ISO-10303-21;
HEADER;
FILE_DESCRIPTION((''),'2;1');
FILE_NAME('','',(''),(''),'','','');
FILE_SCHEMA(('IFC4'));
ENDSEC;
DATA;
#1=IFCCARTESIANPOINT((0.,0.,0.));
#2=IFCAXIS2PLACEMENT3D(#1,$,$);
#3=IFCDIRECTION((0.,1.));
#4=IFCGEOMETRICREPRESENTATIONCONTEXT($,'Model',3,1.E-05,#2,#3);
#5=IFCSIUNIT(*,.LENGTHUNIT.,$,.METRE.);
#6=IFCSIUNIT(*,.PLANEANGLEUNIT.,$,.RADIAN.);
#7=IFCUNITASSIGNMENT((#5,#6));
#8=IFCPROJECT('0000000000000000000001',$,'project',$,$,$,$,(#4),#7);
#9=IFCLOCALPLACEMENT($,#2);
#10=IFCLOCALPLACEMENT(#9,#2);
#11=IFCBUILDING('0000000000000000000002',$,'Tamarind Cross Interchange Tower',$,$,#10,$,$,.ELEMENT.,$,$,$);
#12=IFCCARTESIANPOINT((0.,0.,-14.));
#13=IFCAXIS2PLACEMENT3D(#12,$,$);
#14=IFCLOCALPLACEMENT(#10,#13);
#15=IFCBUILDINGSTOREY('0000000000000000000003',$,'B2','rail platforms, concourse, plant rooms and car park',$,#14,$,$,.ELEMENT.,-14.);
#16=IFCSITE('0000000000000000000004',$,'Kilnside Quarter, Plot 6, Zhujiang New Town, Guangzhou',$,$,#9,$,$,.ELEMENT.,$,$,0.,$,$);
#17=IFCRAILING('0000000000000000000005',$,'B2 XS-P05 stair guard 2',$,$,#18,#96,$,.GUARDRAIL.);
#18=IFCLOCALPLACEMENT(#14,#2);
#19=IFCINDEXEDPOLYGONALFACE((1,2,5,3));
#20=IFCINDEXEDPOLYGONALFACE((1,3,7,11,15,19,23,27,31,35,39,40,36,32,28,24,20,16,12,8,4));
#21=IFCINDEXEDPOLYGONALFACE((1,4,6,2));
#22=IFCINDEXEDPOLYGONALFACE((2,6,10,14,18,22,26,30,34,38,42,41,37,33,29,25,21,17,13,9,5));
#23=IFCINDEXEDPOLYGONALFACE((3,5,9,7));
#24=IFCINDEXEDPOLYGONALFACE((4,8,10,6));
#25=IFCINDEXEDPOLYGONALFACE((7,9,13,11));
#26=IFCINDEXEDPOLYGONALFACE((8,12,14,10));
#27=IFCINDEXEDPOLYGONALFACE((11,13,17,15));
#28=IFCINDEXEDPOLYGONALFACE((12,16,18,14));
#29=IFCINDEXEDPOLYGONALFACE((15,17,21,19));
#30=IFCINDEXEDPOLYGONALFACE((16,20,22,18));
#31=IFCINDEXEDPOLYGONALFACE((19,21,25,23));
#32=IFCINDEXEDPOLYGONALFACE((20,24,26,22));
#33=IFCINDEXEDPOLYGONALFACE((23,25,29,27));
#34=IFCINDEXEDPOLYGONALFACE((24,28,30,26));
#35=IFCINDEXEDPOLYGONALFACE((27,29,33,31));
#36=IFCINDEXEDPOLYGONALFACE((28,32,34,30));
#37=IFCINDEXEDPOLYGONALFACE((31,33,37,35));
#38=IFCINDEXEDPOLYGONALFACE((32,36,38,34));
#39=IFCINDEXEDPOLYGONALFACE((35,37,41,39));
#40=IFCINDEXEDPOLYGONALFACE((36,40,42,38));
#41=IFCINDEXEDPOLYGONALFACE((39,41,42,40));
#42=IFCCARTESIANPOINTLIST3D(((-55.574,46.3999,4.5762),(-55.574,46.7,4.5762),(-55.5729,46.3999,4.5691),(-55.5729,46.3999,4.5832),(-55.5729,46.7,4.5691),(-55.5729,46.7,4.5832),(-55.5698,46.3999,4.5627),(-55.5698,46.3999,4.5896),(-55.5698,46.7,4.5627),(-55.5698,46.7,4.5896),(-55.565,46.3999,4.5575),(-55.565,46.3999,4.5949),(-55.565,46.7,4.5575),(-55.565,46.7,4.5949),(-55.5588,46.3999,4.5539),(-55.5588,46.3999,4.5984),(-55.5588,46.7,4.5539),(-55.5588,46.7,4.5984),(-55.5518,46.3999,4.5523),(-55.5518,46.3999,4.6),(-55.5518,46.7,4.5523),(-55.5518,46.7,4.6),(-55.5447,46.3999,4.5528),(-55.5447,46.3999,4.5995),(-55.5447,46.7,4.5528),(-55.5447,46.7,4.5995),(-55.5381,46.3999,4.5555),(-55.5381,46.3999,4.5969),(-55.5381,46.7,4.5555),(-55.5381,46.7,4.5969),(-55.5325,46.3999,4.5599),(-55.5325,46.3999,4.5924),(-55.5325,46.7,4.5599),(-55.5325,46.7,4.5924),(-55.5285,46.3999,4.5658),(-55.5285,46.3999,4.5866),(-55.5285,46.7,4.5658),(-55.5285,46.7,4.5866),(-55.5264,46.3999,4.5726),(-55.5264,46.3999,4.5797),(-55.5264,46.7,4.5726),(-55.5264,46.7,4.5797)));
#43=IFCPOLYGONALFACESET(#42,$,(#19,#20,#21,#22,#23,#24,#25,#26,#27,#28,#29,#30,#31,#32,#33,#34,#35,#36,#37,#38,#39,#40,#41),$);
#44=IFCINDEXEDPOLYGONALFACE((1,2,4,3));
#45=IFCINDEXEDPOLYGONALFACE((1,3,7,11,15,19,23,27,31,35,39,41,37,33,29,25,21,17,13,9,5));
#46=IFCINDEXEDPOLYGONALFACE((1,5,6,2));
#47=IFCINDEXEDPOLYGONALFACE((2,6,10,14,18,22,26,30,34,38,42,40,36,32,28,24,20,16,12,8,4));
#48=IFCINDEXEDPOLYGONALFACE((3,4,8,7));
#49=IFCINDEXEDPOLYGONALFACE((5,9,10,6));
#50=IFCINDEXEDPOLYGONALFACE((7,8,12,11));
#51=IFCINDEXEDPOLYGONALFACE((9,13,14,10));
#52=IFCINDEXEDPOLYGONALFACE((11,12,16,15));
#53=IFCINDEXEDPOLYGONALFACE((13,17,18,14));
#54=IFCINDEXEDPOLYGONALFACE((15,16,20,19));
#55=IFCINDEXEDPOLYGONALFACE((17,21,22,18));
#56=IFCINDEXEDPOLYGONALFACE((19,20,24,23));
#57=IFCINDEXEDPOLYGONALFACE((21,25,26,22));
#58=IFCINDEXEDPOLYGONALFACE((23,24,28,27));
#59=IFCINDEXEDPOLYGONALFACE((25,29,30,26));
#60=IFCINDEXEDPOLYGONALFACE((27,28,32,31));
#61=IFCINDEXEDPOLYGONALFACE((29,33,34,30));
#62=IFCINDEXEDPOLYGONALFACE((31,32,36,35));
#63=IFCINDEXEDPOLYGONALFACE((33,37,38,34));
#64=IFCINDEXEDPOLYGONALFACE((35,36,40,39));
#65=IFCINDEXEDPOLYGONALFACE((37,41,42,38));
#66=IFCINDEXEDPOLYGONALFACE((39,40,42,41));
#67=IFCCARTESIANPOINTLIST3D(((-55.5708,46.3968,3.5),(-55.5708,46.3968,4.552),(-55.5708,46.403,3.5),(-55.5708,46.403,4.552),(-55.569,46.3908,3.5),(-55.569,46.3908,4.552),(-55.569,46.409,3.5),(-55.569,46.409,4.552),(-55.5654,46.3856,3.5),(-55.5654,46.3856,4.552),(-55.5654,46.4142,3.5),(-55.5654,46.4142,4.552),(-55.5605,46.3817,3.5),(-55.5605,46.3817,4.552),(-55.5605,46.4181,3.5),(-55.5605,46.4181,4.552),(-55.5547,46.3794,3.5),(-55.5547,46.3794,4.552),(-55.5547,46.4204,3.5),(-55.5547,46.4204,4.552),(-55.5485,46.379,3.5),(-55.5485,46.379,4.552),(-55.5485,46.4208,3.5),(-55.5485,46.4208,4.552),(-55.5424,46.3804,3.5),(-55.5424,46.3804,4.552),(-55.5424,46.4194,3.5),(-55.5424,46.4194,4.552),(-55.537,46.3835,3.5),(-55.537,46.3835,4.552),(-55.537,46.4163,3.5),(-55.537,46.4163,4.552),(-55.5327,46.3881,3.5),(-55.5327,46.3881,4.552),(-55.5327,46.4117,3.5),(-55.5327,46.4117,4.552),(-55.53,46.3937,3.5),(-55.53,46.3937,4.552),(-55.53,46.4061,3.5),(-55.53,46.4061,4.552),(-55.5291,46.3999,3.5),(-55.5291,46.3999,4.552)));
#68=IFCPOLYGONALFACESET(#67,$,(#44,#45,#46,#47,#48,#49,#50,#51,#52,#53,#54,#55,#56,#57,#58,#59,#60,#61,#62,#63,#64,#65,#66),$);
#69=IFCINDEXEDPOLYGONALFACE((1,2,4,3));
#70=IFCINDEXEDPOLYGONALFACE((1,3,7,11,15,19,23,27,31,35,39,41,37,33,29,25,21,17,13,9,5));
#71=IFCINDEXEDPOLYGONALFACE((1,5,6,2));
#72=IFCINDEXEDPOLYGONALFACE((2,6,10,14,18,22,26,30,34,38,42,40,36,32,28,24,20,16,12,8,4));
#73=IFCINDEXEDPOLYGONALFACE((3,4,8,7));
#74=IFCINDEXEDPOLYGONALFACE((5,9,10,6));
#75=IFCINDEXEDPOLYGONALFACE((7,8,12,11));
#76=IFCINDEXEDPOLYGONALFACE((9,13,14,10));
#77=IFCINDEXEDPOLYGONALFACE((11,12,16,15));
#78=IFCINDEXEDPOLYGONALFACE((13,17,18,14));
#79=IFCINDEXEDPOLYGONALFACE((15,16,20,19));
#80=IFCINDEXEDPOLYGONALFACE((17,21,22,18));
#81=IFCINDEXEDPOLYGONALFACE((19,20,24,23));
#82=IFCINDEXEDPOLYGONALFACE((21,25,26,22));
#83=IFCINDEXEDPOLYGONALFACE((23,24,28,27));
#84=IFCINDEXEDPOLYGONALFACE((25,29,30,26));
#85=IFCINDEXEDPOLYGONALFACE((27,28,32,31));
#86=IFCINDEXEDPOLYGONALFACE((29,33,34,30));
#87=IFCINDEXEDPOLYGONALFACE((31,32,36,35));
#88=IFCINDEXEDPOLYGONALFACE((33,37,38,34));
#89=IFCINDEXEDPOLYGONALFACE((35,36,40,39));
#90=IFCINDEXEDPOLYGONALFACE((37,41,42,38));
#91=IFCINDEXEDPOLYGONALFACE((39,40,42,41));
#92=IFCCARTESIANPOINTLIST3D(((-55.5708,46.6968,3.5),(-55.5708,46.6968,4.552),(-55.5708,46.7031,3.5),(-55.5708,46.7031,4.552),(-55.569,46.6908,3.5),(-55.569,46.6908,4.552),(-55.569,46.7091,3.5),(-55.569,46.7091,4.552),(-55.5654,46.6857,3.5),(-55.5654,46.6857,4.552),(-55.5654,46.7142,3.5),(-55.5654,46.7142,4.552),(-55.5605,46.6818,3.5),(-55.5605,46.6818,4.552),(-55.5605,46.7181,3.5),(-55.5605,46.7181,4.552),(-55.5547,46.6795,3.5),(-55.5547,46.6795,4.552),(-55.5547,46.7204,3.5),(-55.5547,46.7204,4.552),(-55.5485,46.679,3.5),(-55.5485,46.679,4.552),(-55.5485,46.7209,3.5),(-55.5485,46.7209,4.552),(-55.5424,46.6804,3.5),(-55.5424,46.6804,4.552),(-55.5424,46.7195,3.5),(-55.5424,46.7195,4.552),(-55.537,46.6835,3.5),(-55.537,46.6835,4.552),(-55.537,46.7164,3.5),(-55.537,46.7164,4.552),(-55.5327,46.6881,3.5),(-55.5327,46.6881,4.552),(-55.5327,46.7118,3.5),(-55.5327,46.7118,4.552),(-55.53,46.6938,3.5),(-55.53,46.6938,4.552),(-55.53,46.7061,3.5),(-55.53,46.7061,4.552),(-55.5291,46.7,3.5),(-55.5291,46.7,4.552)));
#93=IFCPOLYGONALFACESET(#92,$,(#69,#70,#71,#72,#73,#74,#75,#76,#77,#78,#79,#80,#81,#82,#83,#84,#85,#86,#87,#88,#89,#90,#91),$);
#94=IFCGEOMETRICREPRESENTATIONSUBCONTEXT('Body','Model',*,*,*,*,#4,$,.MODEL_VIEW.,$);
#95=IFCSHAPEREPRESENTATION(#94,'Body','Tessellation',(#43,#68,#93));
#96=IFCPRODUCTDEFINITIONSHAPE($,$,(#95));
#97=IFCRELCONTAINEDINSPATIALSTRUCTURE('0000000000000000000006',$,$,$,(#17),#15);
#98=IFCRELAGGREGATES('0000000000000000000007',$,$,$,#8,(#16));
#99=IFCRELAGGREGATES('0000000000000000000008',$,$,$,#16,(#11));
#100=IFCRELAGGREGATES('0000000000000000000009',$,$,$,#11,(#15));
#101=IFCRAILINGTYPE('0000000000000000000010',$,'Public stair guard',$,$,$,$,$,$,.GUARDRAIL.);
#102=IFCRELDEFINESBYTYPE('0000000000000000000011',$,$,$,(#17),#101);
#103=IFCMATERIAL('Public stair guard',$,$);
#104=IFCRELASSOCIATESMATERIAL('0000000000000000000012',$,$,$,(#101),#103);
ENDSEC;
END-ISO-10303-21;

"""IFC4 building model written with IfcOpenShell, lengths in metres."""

from ifc_helpers import new_model, si_unit, direction, frame, origin, origin_2d, place, context, subcontext, project, spatial, circle, extrude, material, type_object, element, save


model = new_model("IFC4")

# Units and contexts
model_context = context("Model", 3, precision=1e-05, world=origin(), true_north=direction((0.0, 1.0)))
body_context = subcontext(model_context, "Body", "Model", "MODEL_VIEW")
ifc_project = project(units=[si_unit("LENGTHUNIT", "METRE"), si_unit("PLANEANGLEUNIT", "RADIAN")], contexts=[model_context])

# Site, building, storey
site_placement = place(None, origin())
site = spatial("IfcSite", under=ifc_project, at=site_placement, Name="Kilnside Quarter, Plot 6, Zhujiang New Town, Guangzhou", CompositionType="ELEMENT", RefElevation=0.0)
building_placement = place(site_placement, origin())
building = spatial("IfcBuilding", under=site, at=building_placement, Name="Tamarind Cross Interchange Tower", CompositionType="ELEMENT")
storey_placement = place(building_placement, frame((0.0, 0.0, -14.0)))
storey = spatial("IfcBuildingStorey", under=building, at=storey_placement, Name="B2", Description="rail platforms, concourse, plant rooms and car park", CompositionType="ELEMENT", Elevation=-14.0)

# Railing
ifc_material_1 = material(Name="Public stair guard")
railing_type_1 = type_object("IfcRailingType", Name="Public stair guard", PredefinedType="GUARDRAIL", material=ifc_material_1)
railing_1_placement = place(storey_placement, frame((-55.55, 46.3999, 3.5)))
element("IfcRailing", 1, at=railing_1_placement, inside=storey, type_object=railing_type_1, Name="B2 XS-P05 stair guard 2", PredefinedType="GUARDRAIL", context=body_context, shape_type="SweptSolid", body=[
    extrude(circle(Radius=0.0239, at=origin_2d()), frame((0.0, 0.0, 1.0762), z_axis=(0.0, 1.0, 0.0), x_axis=(-1.0, 0.0, 0.0)), (0.0, 0.0, 1.0), 0.3),
    extrude(circle(Radius=0.021, at=origin_2d()), origin(), (0.0, 0.0, 1.0), 1.052),
    extrude(circle(Radius=0.021, at=origin_2d()), frame((0.0, 0.3, 0.0)), (0.0, 0.0, 1.0), 1.052),
])

save(model, "model.ifc")
